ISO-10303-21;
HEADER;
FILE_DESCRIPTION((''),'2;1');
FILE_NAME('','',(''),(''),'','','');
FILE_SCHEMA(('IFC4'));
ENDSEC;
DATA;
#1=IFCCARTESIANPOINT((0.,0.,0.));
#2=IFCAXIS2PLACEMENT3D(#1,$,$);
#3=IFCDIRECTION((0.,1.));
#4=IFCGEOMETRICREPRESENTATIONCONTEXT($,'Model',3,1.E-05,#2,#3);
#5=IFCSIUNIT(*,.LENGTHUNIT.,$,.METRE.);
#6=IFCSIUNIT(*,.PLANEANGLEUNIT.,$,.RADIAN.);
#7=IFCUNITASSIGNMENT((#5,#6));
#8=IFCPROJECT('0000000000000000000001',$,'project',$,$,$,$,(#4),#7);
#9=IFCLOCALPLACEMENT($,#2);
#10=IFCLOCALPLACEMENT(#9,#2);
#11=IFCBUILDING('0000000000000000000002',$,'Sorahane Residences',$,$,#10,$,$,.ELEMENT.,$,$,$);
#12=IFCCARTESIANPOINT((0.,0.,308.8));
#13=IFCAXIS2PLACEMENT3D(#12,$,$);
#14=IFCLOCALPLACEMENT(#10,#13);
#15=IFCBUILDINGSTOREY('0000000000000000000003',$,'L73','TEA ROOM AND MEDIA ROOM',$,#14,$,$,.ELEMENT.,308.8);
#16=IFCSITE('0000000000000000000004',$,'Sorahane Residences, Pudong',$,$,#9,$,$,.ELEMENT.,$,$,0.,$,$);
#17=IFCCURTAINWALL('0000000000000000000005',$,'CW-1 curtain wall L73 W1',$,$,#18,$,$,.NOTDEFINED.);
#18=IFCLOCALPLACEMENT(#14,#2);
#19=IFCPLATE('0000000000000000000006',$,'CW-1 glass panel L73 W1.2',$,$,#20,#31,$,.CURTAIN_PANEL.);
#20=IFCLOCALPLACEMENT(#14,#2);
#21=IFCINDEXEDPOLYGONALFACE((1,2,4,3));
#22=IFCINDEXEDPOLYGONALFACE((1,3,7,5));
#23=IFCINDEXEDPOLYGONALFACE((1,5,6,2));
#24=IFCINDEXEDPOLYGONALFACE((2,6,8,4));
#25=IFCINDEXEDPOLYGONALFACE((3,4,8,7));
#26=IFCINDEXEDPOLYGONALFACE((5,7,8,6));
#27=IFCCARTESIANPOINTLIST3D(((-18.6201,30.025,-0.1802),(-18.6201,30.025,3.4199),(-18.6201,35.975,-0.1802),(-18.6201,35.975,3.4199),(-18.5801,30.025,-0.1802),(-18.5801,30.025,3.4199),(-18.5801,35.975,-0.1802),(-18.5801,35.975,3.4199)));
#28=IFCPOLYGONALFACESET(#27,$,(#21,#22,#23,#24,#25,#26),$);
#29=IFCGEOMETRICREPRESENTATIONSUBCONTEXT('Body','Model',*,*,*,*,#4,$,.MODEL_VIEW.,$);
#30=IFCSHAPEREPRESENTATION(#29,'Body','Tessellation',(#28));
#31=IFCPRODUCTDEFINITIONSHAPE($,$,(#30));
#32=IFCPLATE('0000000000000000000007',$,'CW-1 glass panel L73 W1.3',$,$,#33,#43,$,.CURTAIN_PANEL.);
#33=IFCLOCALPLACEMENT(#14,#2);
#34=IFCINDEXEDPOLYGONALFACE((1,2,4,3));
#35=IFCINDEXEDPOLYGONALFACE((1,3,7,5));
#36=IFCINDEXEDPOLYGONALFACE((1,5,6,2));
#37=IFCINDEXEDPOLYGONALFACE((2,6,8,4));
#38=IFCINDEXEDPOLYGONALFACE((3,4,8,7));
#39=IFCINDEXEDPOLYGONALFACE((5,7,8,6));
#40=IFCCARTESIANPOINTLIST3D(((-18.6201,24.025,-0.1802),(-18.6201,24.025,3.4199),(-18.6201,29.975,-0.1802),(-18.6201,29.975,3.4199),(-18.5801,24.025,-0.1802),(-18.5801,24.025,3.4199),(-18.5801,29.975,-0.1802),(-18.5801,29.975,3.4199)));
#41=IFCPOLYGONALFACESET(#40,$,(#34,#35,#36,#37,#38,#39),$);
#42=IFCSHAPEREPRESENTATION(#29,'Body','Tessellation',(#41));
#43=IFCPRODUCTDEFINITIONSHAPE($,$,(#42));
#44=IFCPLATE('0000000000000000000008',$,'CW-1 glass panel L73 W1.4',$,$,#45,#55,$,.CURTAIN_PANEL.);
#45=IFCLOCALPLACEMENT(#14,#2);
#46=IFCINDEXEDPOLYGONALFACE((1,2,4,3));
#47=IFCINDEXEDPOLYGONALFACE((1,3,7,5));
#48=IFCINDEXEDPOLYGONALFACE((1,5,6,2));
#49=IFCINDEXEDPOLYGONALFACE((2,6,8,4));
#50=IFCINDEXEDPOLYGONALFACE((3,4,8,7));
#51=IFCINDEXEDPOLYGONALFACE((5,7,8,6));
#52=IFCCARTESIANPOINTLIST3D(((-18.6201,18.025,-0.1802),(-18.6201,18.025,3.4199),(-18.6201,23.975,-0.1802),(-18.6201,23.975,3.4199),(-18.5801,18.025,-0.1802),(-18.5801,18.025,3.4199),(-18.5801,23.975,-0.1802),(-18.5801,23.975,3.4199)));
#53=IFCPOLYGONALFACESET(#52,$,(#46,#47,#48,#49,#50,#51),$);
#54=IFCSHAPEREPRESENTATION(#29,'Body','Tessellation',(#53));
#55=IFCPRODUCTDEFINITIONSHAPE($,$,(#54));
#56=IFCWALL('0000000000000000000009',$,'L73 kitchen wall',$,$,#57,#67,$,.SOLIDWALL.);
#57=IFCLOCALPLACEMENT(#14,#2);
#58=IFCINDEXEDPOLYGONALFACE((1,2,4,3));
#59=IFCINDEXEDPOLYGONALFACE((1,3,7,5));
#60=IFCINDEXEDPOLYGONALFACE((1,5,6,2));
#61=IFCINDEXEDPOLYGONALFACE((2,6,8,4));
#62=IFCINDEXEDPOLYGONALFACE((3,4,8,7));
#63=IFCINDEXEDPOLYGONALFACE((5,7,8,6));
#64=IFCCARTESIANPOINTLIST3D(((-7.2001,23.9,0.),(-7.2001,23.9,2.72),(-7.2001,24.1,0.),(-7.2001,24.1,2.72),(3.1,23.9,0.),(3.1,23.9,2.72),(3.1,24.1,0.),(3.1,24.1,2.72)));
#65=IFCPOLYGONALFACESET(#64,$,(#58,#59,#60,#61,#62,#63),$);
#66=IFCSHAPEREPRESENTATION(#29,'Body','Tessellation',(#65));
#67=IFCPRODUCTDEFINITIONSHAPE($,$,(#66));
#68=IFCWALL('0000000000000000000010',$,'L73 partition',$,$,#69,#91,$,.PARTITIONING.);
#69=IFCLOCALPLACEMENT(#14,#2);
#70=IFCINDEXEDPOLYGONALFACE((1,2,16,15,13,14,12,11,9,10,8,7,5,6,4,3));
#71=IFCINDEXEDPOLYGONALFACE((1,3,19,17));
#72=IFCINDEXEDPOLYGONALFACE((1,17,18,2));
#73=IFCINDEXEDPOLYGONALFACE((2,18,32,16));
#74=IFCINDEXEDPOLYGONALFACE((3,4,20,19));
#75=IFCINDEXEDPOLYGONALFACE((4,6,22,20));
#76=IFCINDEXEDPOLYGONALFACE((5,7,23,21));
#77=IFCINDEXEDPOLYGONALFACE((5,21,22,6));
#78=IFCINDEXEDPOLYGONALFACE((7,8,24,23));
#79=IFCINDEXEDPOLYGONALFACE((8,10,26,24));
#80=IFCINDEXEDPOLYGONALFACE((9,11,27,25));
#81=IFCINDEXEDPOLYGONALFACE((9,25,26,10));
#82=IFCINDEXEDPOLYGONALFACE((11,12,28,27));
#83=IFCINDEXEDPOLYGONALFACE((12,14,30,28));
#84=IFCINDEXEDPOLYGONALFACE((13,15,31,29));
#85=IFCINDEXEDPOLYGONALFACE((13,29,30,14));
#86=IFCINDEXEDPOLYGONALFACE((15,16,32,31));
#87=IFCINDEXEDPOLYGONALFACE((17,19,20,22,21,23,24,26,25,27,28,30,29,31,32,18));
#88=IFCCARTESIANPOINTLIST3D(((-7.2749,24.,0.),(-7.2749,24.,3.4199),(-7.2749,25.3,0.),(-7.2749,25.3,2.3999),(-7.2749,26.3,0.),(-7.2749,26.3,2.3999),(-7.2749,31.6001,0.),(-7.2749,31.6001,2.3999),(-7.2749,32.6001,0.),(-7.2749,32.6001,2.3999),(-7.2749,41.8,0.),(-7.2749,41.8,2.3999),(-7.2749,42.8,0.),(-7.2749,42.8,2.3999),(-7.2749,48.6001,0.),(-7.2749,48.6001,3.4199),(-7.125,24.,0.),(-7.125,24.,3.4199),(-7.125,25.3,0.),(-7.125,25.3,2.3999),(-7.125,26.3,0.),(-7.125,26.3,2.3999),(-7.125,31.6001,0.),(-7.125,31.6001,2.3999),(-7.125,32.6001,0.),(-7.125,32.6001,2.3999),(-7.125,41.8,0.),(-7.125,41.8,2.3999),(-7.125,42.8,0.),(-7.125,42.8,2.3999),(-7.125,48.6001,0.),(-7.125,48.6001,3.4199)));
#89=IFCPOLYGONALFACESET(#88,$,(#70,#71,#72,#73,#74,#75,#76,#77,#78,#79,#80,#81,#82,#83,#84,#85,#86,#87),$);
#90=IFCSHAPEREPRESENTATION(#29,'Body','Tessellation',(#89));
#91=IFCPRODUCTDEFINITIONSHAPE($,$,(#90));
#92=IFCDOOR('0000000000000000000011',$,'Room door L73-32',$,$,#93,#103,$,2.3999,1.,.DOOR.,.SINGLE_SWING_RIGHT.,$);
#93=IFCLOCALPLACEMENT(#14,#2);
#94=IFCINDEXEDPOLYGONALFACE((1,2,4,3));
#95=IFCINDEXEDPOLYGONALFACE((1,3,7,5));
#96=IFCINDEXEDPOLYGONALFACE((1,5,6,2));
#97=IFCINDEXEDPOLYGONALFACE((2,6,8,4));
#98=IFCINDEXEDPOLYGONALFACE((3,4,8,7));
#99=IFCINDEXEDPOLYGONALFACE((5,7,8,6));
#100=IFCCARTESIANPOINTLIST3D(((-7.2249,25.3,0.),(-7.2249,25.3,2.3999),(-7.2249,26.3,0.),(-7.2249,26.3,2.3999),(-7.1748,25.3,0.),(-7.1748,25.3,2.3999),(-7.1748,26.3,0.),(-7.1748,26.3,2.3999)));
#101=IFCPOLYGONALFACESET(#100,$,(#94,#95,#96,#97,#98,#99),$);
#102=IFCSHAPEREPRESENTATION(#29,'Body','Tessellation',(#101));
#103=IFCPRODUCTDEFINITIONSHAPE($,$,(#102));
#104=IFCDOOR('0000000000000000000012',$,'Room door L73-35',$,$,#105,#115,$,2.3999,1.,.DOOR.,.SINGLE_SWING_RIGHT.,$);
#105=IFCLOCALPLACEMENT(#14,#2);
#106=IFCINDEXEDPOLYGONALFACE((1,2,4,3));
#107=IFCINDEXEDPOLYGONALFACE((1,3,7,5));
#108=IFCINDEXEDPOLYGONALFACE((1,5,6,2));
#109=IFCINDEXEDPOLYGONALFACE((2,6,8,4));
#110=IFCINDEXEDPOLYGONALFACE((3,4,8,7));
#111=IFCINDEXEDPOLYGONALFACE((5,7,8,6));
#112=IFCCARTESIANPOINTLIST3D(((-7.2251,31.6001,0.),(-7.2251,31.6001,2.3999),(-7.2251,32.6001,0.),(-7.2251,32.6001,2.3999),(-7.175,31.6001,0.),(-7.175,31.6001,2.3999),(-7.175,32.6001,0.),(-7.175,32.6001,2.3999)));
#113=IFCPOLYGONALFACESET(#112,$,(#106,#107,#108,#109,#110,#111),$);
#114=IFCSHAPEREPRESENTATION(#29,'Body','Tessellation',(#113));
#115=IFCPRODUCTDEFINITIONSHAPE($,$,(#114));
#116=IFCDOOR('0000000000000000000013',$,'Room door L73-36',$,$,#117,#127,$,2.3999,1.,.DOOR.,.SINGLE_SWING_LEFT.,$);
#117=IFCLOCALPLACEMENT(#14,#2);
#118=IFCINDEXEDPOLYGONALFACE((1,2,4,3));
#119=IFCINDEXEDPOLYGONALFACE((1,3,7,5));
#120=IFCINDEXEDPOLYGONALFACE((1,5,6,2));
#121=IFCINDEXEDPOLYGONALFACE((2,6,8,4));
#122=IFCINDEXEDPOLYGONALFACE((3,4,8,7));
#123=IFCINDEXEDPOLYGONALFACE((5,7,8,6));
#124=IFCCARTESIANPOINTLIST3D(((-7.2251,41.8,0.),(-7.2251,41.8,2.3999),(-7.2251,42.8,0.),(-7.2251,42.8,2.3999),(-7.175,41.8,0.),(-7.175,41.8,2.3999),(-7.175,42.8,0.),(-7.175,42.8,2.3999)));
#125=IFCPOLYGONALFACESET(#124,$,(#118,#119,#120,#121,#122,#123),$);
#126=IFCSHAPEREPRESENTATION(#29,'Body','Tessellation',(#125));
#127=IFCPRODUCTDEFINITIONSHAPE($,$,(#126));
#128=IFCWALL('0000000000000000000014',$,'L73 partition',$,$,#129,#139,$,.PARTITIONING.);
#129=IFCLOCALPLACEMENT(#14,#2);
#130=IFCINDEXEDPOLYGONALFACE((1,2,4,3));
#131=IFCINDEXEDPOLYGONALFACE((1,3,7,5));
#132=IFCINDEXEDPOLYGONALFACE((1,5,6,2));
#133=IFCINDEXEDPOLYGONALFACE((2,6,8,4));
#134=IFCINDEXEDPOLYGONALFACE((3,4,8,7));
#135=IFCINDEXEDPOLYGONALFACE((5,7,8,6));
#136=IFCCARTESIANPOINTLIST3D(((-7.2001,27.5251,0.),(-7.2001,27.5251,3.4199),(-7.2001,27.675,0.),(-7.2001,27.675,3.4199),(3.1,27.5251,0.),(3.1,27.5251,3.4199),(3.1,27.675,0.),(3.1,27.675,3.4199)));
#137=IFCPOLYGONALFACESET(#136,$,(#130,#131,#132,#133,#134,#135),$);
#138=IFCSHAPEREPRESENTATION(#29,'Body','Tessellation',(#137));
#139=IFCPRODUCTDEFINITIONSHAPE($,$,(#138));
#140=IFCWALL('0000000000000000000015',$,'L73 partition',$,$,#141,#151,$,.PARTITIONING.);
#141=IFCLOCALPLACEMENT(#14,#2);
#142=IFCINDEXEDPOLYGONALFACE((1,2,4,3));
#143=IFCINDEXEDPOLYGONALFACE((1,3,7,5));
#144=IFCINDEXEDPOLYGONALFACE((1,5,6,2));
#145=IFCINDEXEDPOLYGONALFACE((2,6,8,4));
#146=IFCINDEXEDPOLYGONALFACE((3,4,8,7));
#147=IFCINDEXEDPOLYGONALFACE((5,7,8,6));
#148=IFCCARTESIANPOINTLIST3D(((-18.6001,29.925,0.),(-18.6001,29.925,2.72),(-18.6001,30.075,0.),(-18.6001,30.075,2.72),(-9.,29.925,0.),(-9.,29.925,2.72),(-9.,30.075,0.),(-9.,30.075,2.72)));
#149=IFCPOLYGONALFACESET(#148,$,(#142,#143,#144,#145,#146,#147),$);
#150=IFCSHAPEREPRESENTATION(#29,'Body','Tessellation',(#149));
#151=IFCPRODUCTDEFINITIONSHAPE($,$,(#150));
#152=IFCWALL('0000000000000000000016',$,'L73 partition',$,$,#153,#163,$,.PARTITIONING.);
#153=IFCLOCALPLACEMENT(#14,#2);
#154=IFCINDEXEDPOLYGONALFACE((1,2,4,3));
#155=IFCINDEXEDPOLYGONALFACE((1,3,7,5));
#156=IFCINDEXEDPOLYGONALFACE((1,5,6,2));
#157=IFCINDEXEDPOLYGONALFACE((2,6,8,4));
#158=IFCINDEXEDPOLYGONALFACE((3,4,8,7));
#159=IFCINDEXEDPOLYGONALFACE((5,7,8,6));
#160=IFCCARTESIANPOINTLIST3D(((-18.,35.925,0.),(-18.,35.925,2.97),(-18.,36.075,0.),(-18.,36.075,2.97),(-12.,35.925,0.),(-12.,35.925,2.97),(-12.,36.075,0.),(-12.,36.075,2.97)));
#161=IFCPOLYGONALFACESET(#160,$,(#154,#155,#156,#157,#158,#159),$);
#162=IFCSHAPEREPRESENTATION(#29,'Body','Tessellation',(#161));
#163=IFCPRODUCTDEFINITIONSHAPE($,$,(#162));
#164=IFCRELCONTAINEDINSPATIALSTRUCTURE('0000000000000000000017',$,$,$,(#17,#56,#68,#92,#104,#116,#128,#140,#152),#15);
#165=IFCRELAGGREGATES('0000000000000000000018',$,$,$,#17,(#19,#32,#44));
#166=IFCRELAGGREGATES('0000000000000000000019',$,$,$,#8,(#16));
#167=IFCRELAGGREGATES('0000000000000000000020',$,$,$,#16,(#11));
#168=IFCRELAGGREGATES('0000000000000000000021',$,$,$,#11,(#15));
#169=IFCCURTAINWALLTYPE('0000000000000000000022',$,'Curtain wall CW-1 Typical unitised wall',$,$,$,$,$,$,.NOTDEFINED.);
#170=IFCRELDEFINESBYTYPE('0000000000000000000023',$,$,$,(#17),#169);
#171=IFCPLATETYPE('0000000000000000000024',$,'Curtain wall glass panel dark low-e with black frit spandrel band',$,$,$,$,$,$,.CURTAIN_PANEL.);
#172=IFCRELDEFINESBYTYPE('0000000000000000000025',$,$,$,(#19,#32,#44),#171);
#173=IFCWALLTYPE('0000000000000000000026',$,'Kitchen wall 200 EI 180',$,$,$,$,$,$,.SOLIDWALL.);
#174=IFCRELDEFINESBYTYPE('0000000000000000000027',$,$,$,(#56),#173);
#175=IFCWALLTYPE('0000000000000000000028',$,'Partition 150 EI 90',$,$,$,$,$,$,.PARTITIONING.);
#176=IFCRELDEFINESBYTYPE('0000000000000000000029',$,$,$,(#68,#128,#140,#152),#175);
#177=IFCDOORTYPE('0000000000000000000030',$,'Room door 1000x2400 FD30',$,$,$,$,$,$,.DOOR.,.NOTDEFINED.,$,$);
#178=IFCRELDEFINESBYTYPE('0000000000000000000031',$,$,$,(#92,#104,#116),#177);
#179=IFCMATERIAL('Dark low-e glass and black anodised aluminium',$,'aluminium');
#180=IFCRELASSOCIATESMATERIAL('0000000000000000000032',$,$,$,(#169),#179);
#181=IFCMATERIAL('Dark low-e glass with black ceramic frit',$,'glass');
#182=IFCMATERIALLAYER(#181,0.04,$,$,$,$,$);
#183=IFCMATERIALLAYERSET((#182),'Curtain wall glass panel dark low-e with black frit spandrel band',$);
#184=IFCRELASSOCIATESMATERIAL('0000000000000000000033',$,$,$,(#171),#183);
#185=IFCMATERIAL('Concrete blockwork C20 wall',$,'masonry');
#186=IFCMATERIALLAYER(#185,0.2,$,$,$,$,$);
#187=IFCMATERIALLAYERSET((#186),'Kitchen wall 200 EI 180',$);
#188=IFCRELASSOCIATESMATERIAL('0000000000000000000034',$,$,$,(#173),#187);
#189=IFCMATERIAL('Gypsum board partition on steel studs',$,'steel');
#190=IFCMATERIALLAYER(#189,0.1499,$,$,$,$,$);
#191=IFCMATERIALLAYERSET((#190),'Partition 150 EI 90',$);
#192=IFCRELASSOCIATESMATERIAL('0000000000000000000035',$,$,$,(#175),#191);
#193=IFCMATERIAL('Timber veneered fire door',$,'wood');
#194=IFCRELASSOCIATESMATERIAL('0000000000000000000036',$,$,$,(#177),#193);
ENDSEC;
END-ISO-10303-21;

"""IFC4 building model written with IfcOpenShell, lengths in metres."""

from ifc_helpers import new_model, si_unit, direction, frame, frame_2d, origin, origin_2d, place, context, subcontext, project, spatial, rectangle, extrude, material, layer, layer_set, type_object, element, fill, aggregate, save


model = new_model("IFC4")

# Units and contexts
model_context = context("Model", 3, precision=1e-05, world=origin(), true_north=direction((0.0, 1.0)))
body_context = subcontext(model_context, "Body", "Model", "MODEL_VIEW")
ifc_project = project(units=[si_unit("LENGTHUNIT", "METRE"), si_unit("PLANEANGLEUNIT", "RADIAN")], contexts=[model_context])

# Site, building, storey
site_placement = place(None, origin())
site = spatial("IfcSite", under=ifc_project, at=site_placement, Name="Sorahane Residences, Pudong", CompositionType="ELEMENT", RefElevation=0.0)
building_placement = place(site_placement, origin())
building = spatial("IfcBuilding", under=site, at=building_placement, Name="Sorahane Residences", CompositionType="ELEMENT")
storey_placement = place(building_placement, frame((0.0, 0.0, 308.8)))
storey = spatial("IfcBuildingStorey", under=building, at=storey_placement, Name="L73", Description="TEA ROOM AND MEDIA ROOM", CompositionType="ELEMENT", Elevation=308.8)

# Curtain wall
ifc_material_1 = material(Name="Dark low-e glass and black anodised aluminium", Category="aluminium")
curtain_wall_type = type_object("IfcCurtainWallType", Name="Curtain wall CW-1 Typical unitised wall", PredefinedType="NOTDEFINED", material=ifc_material_1)
curtain_wall_placement = place(storey_placement, origin())
curtain_wall = element("IfcCurtainWall", 1, at=curtain_wall_placement, inside=storey, type_object=curtain_wall_type, Name="CW-1 curtain wall L73 W1", PredefinedType="NOTDEFINED")

# Plates
ifc_material_2 = material(Name="Dark low-e glass with black ceramic frit", Category="glass")
ifc_layer_1 = layer(ifc_material_2, 0.04)
ifc_layer_set_1 = layer_set([ifc_layer_1], Name="Curtain wall glass panel dark low-e with black frit spandrel band")
plate_type = type_object("IfcPlateType", Name="Curtain wall glass panel dark low-e with black frit spandrel band", PredefinedType="CURTAIN_PANEL", material=ifc_layer_set_1)
plate_1_placement = place(storey_placement, frame((-18.6001, 33.0, -0.1802), z_axis=(0.0, 0.0, 1.0), x_axis=(0.0, -1.0, 0.0)))
plate_1 = element("IfcPlate", 2, at=plate_1_placement, type_object=plate_type, Name="CW-1 glass panel L73 W1.2", PredefinedType="CURTAIN_PANEL", context=body_context, shape_type="SweptSolid", body=[
    extrude(rectangle(XDim=5.95, YDim=0.04, at=origin_2d()), origin(), (0.0, 0.0, 1.0), 3.6001),
])
plate_2_placement = place(storey_placement, frame((-18.6001, 27.0, -0.1802), z_axis=(0.0, 0.0, 1.0), x_axis=(0.0, -1.0, 0.0)))
plate_2 = element("IfcPlate", 3, at=plate_2_placement, type_object=plate_type, Name="CW-1 glass panel L73 W1.3", PredefinedType="CURTAIN_PANEL", context=body_context, shape_type="SweptSolid", body=[
    extrude(rectangle(XDim=5.95, YDim=0.04, at=origin_2d()), origin(), (0.0, 0.0, 1.0), 3.6001),
])
plate_3_placement = place(storey_placement, frame((-18.6001, 21.0, -0.1802), z_axis=(0.0, 0.0, 1.0), x_axis=(0.0, -1.0, 0.0)))
plate_3 = element("IfcPlate", 4, at=plate_3_placement, type_object=plate_type, Name="CW-1 glass panel L73 W1.4", PredefinedType="CURTAIN_PANEL", context=body_context, shape_type="SweptSolid", body=[
    extrude(rectangle(XDim=5.95, YDim=0.04, at=origin_2d()), origin(), (0.0, 0.0, 1.0), 3.6001),
])
aggregate(curtain_wall, [plate_1, plate_2, plate_3])

# Wall
ifc_material_3 = material(Name="Concrete blockwork C20 wall", Category="masonry")
ifc_layer_2 = layer(ifc_material_3, 0.2)
ifc_layer_set_2 = layer_set([ifc_layer_2], Name="Kitchen wall 200 EI 180")
wall_type_1 = type_object("IfcWallType", Name="Kitchen wall 200 EI 180", PredefinedType="SOLIDWALL", material=ifc_layer_set_2)
wall_1_placement = place(storey_placement, frame((-7.2, 24.0, 0.0), z_axis=(0.0, 0.0, 1.0), x_axis=(1.0, 0.0, 0.0)))
element("IfcWall", 5, at=wall_1_placement, inside=storey, type_object=wall_type_1, Name="L73 kitchen wall", PredefinedType="SOLIDWALL", context=body_context, shape_type="SweptSolid", body=[
    extrude(rectangle(XDim=10.3, YDim=0.2, at=frame_2d((5.1499, 0.0))), origin(), (0.0, 0.0, 1.0), 2.72),
])

# Wall, openings, doors
ifc_material_4 = material(Name="Gypsum board partition on steel studs", Category="steel")
ifc_layer_3 = layer(ifc_material_4, 0.1499)
ifc_layer_set_3 = layer_set([ifc_layer_3], Name="Partition 150 EI 90")
wall_type_2 = type_object("IfcWallType", Name="Partition 150 EI 90", PredefinedType="PARTITIONING", material=ifc_layer_set_3)
wall_2_placement = place(storey_placement, frame((-7.2, 24.0, 0.0), z_axis=(0.0, 0.0, 1.0), x_axis=(0.0, 1.0, 0.0)))
wall_2 = element("IfcWall", 6, at=wall_2_placement, inside=storey, type_object=wall_type_2, Name="L73 partition", PredefinedType="PARTITIONING", context=body_context, shape_type="SweptSolid", body=[
    extrude(rectangle(XDim=24.6001, YDim=0.1499, at=frame_2d((12.3, 0.0))), origin(), (0.0, 0.0, 1.0), 3.4199),
])
opening_1_placement = place(wall_2_placement, frame((1.3, 0.0, 0.0)))
opening_1 = element("IfcOpeningElement", 7, at=opening_1_placement, cuts=wall_2, PredefinedType="OPENING", context=body_context, shape_type="SweptSolid", body=[
    extrude(rectangle(XDim=1.0, YDim=2.3999, at=frame_2d((0.5, 1.2))), frame((0.0, 0.085, 0.0), z_axis=(0.0, -1.0, 0.0), x_axis=(1.0, 0.0, 0.0)), (0.0, 0.0, 1.0), 0.1699),
])
opening_2_placement = place(wall_2_placement, frame((7.6001, 0.0, 0.0)))
opening_2 = element("IfcOpeningElement", 8, at=opening_2_placement, cuts=wall_2, PredefinedType="OPENING", context=body_context, shape_type="SweptSolid", body=[
    extrude(rectangle(XDim=1.0, YDim=2.3999, at=frame_2d((0.5, 1.2))), frame((0.0, 0.085, 0.0), z_axis=(0.0, -1.0, 0.0), x_axis=(1.0, 0.0, 0.0)), (0.0, 0.0, 1.0), 0.1699),
])
opening_3_placement = place(wall_2_placement, frame((17.8, 0.0, 0.0)))
opening_3 = element("IfcOpeningElement", 9, at=opening_3_placement, cuts=wall_2, PredefinedType="OPENING", context=body_context, shape_type="SweptSolid", body=[
    extrude(rectangle(XDim=1.0, YDim=2.3999, at=frame_2d((0.5, 1.2))), frame((0.0, 0.085, 0.0), z_axis=(0.0, -1.0, 0.0), x_axis=(1.0, 0.0, 0.0)), (0.0, 0.0, 1.0), 0.1699),
])
ifc_material_5 = material(Name="Timber veneered fire door", Category="wood")
door_type_1 = type_object("IfcDoorType", Name="Room door 1000x2400 FD30", OperationType="NOTDEFINED", PredefinedType="DOOR", material=ifc_material_5)
door_1_placement = place(opening_1_placement, origin())
door_1 = element("IfcDoor", 10, at=door_1_placement, inside=storey, type_object=door_type_1, Name="Room door L73-32", OperationType="SINGLE_SWING_RIGHT", OverallHeight=2.3999, OverallWidth=1.0, PredefinedType="DOOR", context=body_context, shape_type="SweptSolid", body=[
    extrude(rectangle(XDim=1.0, YDim=2.3999, at=frame_2d((0.5, 1.2))), frame((0.0, 0.0249, 0.0), z_axis=(0.0, -1.0, 0.0), x_axis=(1.0, 0.0, 0.0)), (0.0, 0.0, 1.0), 0.05),
])
fill(opening_1, door_1)
door_2_placement = place(opening_2_placement, frame((1.0, 0.0, 0.0), z_axis=(0.0, 0.0, 1.0), x_axis=(-1.0, 0.0, 0.0)))
door_2 = element("IfcDoor", 11, at=door_2_placement, inside=storey, type_object=door_type_1, Name="Room door L73-35", OperationType="SINGLE_SWING_RIGHT", OverallHeight=2.3999, OverallWidth=1.0, PredefinedType="DOOR", context=body_context, shape_type="SweptSolid", body=[
    extrude(rectangle(XDim=1.0, YDim=2.3999, at=frame_2d((0.5, 1.2))), frame((0.0, 0.0249, 0.0), z_axis=(0.0, -1.0, 0.0), x_axis=(1.0, 0.0, 0.0)), (0.0, 0.0, 1.0), 0.05),
])
fill(opening_2, door_2)
door_3_placement = place(opening_3_placement, frame((1.0, 0.0, 0.0), z_axis=(0.0, 0.0, 1.0), x_axis=(-1.0, 0.0, 0.0)))
door_3 = element("IfcDoor", 12, at=door_3_placement, inside=storey, type_object=door_type_1, Name="Room door L73-36", OperationType="SINGLE_SWING_LEFT", OverallHeight=2.3999, OverallWidth=1.0, PredefinedType="DOOR", context=body_context, shape_type="SweptSolid", body=[
    extrude(rectangle(XDim=1.0, YDim=2.3999, at=frame_2d((0.5, 1.2))), frame((0.0, 0.0249, 0.0), z_axis=(0.0, -1.0, 0.0), x_axis=(1.0, 0.0, 0.0)), (0.0, 0.0, 1.0), 0.05),
])
fill(opening_3, door_3)

# Walls
wall_3_placement = place(storey_placement, frame((-7.2, 27.6001, 0.0), z_axis=(0.0, 0.0, 1.0), x_axis=(1.0, 0.0, 0.0)))
element("IfcWall", 13, at=wall_3_placement, inside=storey, type_object=wall_type_2, Name="L73 partition", PredefinedType="PARTITIONING", context=body_context, shape_type="SweptSolid", body=[
    extrude(rectangle(XDim=10.3, YDim=0.1499, at=frame_2d((5.1499, 0.0))), origin(), (0.0, 0.0, 1.0), 3.4199),
])
wall_4_placement = place(storey_placement, frame((-18.6001, 30.0, 0.0), z_axis=(0.0, 0.0, 1.0), x_axis=(1.0, 0.0, 0.0)))
element("IfcWall", 14, at=wall_4_placement, inside=storey, type_object=wall_type_2, Name="L73 partition", PredefinedType="PARTITIONING", context=body_context, shape_type="SweptSolid", body=[
    extrude(rectangle(XDim=9.6001, YDim=0.1499, at=frame_2d((4.8, 0.0))), origin(), (0.0, 0.0, 1.0), 2.72),
])
wall_5_placement = place(storey_placement, frame((-18.0, 36.0, 0.0), z_axis=(0.0, 0.0, 1.0), x_axis=(1.0, 0.0, 0.0)))
element("IfcWall", 15, at=wall_5_placement, inside=storey, type_object=wall_type_2, Name="L73 partition", PredefinedType="PARTITIONING", context=body_context, shape_type="SweptSolid", body=[
    extrude(rectangle(XDim=6.0, YDim=0.1499, at=frame_2d((3.0, 0.0))), origin(), (0.0, 0.0, 1.0), 2.97),
])

save(model, "model.ifc")
